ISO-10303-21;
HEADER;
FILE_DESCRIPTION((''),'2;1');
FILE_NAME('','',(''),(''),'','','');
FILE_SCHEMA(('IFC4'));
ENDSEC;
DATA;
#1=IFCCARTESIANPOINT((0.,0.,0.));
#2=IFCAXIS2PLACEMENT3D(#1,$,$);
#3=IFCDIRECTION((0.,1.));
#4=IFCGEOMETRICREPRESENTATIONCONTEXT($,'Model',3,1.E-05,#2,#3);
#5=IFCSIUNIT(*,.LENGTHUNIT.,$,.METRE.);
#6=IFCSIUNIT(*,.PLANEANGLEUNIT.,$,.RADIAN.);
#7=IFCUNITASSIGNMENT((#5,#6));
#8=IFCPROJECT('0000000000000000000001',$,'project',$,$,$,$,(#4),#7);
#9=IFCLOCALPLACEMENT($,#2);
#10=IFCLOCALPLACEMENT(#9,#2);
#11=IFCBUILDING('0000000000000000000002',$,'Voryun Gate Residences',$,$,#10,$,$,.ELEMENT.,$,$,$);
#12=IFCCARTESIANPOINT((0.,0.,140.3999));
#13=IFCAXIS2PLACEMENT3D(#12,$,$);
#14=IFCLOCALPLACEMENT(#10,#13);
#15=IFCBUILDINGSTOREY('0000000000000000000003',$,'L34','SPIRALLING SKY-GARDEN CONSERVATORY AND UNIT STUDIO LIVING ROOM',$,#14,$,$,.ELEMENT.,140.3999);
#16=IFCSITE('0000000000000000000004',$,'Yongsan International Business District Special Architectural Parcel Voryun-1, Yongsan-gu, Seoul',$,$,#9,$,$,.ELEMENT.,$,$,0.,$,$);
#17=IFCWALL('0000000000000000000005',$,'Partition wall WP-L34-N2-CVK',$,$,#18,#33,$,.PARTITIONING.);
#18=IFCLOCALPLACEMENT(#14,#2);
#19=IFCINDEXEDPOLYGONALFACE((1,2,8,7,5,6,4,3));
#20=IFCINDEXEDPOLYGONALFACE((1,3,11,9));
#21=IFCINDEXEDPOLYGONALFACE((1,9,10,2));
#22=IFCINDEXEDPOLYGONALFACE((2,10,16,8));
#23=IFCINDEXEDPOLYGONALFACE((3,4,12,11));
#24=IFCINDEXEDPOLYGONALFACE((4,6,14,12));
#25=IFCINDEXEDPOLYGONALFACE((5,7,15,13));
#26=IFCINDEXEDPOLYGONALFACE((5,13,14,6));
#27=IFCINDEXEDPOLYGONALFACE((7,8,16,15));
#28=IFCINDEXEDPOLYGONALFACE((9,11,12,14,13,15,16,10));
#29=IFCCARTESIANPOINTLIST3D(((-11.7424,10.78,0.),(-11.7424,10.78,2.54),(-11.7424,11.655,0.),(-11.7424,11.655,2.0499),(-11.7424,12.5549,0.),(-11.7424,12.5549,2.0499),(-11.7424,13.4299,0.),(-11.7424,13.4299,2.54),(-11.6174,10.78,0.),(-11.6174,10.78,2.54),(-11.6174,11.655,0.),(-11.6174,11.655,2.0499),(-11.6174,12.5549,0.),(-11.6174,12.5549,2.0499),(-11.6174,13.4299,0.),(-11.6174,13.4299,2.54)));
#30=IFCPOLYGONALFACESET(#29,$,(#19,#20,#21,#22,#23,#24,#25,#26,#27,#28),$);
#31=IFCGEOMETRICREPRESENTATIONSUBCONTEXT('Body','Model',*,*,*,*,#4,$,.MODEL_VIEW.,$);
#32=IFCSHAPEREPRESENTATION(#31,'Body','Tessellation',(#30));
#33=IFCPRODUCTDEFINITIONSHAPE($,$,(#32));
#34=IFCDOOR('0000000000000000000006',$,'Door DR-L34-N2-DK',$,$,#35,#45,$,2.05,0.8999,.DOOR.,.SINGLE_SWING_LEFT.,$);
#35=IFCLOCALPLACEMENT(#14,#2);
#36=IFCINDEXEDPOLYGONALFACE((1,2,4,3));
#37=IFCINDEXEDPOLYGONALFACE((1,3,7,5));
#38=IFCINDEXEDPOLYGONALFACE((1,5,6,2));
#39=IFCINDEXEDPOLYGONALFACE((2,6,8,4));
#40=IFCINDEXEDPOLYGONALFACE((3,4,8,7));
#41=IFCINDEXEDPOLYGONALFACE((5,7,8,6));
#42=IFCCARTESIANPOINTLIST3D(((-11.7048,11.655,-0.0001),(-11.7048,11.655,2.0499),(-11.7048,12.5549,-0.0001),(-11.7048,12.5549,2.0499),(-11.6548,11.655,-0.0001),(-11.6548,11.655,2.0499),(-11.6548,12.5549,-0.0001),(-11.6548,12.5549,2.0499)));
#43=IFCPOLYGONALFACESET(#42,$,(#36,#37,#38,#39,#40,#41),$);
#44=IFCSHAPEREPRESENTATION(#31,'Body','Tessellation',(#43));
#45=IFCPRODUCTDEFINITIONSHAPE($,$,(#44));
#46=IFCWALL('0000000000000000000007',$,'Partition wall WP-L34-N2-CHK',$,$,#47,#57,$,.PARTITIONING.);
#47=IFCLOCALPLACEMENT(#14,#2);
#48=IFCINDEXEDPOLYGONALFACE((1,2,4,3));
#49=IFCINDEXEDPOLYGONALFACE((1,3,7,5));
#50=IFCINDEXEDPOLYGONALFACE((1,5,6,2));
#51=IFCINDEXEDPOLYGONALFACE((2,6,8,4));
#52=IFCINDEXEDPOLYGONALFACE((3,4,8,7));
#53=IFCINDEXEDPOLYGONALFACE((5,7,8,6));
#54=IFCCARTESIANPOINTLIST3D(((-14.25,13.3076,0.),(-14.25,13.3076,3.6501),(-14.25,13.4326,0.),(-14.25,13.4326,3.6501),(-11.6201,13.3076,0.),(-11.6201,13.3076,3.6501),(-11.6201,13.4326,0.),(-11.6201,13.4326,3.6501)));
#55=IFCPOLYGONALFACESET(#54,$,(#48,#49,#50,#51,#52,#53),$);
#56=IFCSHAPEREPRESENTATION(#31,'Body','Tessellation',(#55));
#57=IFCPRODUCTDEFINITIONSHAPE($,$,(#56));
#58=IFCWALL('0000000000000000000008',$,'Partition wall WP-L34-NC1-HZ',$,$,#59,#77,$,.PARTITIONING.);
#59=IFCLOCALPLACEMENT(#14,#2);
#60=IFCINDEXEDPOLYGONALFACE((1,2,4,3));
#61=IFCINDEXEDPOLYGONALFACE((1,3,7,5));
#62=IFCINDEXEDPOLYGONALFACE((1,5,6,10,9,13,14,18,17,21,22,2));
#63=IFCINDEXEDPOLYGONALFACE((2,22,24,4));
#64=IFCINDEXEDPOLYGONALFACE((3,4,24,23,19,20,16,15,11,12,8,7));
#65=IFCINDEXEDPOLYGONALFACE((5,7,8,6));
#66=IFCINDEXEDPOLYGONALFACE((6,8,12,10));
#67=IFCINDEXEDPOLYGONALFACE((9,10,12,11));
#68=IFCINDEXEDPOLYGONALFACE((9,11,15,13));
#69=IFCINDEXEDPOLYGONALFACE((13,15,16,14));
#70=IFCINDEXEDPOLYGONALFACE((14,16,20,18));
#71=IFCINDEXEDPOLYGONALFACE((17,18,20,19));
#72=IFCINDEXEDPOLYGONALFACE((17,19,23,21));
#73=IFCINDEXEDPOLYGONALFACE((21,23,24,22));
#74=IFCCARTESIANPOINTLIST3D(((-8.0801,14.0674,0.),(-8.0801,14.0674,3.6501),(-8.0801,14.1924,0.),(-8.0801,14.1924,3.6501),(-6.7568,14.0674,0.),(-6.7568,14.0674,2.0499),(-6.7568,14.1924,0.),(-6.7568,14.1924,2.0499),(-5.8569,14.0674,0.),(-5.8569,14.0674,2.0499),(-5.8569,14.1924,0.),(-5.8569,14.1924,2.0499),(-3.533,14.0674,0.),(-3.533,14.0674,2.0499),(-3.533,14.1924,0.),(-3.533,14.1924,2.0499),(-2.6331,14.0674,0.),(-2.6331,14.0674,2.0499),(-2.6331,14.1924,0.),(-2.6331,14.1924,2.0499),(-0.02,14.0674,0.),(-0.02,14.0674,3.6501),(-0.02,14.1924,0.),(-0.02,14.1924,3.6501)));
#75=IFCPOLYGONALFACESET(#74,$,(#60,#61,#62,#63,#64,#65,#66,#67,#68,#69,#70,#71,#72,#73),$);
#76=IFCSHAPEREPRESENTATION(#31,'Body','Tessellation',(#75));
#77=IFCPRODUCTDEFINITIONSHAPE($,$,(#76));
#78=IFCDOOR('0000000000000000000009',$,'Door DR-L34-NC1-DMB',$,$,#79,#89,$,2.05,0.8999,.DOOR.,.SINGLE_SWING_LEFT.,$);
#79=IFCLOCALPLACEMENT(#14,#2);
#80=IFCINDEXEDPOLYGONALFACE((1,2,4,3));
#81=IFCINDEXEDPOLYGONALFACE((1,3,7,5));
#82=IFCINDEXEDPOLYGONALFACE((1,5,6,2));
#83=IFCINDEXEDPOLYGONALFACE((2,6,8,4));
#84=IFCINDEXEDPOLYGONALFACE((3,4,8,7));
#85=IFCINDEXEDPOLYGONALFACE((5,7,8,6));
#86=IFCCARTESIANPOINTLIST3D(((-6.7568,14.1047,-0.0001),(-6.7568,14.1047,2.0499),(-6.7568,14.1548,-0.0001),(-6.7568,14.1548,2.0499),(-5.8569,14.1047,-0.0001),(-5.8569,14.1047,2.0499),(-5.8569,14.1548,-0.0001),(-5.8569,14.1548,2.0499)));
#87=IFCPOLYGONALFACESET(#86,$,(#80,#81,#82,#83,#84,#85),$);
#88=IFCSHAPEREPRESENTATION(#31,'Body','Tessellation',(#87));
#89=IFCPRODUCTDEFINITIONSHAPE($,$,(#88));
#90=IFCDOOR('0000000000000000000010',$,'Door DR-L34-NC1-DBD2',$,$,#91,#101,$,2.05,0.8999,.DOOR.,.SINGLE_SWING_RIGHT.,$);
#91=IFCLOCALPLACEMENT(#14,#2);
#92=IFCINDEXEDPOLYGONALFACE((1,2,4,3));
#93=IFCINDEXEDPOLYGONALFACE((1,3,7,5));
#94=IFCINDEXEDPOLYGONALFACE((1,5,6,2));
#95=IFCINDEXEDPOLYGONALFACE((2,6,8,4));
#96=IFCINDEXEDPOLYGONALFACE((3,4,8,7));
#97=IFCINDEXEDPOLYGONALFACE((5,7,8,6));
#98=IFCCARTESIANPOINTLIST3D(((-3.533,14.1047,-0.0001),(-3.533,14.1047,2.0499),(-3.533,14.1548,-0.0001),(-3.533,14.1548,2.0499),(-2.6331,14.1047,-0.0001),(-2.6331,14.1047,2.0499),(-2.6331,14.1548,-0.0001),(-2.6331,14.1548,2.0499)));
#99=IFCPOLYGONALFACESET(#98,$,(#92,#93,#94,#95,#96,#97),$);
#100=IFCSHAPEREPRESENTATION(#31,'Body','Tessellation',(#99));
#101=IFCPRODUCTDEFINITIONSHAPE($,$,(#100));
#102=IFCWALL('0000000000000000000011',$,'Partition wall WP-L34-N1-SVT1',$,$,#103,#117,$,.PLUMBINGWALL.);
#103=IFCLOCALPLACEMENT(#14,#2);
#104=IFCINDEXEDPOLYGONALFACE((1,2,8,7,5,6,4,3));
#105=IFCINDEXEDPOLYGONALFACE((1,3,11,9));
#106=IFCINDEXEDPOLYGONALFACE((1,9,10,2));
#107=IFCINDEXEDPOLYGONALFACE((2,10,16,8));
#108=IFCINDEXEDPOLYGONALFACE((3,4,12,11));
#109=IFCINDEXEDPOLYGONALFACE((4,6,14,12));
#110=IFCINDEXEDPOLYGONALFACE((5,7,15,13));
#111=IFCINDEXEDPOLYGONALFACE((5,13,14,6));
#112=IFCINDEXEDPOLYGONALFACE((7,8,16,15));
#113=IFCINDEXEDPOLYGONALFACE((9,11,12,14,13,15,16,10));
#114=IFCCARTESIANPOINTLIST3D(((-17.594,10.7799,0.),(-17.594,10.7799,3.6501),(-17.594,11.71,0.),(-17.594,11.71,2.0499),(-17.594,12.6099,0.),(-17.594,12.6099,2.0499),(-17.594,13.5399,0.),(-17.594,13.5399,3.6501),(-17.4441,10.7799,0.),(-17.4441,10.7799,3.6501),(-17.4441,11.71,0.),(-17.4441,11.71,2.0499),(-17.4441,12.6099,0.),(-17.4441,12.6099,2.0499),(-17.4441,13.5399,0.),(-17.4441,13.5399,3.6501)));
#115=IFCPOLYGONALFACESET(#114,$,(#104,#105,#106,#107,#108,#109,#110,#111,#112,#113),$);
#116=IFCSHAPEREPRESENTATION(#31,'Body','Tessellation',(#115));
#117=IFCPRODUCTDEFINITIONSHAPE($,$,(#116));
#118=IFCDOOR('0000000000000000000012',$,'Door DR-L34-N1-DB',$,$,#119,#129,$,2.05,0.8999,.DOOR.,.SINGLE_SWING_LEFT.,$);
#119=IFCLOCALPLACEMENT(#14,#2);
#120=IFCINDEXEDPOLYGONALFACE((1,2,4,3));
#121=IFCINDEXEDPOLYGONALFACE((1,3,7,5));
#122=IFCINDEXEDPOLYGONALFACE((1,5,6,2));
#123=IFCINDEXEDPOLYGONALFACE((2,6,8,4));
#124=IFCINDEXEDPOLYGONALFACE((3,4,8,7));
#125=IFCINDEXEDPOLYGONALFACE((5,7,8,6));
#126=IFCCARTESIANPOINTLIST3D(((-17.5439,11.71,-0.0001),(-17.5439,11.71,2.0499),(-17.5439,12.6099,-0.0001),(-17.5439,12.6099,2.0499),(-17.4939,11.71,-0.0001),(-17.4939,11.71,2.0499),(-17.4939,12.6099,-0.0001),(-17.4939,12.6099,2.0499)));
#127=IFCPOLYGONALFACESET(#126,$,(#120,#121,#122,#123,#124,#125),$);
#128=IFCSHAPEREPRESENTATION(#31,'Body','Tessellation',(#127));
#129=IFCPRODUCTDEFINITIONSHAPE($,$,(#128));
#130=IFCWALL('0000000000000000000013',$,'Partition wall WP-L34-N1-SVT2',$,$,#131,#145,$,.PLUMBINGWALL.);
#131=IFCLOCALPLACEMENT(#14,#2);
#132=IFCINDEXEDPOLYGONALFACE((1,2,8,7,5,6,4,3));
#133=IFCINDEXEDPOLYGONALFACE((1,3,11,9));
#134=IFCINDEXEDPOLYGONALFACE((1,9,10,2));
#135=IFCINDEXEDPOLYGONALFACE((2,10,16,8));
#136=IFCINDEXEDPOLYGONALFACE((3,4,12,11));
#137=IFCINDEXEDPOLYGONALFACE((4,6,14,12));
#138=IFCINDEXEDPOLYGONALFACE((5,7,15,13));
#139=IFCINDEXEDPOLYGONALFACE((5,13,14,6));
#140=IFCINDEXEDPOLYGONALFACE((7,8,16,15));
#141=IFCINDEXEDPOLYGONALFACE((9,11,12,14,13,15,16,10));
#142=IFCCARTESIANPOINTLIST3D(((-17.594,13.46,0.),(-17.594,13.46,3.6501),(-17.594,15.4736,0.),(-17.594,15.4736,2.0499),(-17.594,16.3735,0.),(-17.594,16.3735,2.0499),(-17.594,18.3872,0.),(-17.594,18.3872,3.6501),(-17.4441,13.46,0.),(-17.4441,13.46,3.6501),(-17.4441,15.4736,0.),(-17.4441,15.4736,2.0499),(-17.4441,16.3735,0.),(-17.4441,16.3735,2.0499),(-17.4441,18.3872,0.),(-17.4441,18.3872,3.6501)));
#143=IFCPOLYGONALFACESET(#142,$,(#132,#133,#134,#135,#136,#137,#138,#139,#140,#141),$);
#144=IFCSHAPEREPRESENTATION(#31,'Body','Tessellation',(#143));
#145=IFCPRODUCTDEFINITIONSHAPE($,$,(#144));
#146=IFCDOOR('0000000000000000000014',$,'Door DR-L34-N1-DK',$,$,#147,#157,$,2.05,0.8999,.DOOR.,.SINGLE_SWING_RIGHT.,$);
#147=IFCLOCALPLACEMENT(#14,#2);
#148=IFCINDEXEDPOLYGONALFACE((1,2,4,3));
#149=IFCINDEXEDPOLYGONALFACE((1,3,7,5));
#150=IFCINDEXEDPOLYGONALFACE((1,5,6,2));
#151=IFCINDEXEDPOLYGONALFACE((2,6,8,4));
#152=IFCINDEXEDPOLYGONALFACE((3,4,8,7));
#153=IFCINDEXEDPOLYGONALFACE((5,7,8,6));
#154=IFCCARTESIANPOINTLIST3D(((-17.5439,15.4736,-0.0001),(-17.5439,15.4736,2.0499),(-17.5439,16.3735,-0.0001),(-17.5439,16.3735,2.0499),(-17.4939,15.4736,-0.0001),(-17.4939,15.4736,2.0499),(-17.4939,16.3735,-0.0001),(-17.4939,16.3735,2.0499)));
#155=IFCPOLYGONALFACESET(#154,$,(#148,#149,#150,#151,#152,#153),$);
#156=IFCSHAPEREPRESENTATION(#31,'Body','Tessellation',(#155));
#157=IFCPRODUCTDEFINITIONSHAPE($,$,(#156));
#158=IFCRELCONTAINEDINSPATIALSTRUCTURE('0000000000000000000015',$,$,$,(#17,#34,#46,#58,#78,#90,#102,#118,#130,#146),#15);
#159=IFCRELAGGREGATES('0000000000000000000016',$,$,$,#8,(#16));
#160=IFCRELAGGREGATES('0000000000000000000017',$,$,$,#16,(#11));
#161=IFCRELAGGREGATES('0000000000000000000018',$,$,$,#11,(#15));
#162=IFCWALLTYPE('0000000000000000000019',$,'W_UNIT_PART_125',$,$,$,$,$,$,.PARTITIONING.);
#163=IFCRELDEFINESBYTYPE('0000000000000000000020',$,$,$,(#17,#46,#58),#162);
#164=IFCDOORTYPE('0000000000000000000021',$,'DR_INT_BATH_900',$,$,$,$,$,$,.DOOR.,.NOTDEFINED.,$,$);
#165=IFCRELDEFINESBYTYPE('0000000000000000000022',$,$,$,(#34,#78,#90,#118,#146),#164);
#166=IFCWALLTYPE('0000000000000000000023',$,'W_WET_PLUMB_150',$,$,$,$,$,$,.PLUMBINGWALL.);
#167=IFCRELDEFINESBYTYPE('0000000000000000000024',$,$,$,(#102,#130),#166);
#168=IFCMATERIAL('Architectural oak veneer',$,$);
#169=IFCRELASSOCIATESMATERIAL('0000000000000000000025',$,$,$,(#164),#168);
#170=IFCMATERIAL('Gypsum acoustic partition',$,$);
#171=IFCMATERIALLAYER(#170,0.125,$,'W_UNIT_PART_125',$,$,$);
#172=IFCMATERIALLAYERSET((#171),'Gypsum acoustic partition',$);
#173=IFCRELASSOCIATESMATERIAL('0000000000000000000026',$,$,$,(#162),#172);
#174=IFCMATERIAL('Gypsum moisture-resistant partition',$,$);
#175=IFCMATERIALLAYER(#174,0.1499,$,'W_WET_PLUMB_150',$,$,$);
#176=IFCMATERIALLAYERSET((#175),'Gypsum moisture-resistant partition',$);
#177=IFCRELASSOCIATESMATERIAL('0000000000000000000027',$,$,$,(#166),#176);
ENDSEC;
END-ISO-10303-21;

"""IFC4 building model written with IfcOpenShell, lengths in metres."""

from ifc_helpers import new_model, si_unit, direction, frame, frame_2d, origin, place, context, subcontext, project, spatial, rectangle, extrude, material, layer, layer_set, type_object, element, fill, save


model = new_model("IFC4")

# Units and contexts
model_context = context("Model", 3, precision=1e-05, world=origin(), true_north=direction((0.0, 1.0)))
body_context = subcontext(model_context, "Body", "Model", "MODEL_VIEW")
ifc_project = project(units=[si_unit("LENGTHUNIT", "METRE"), si_unit("PLANEANGLEUNIT", "RADIAN")], contexts=[model_context])

# Site, building, storey
site_placement = place(None, origin())
site = spatial("IfcSite", under=ifc_project, at=site_placement, Name="Yongsan International Business District Special Architectural Parcel Voryun-1, Yongsan-gu, Seoul", CompositionType="ELEMENT", RefElevation=0.0)
building_placement = place(site_placement, origin())
building = spatial("IfcBuilding", under=site, at=building_placement, Name="Voryun Gate Residences", CompositionType="ELEMENT")
storey_placement = place(building_placement, frame((0.0, 0.0, 140.3999)))
storey = spatial("IfcBuildingStorey", under=building, at=storey_placement, Name="L34", Description="SPIRALLING SKY-GARDEN CONSERVATORY AND UNIT STUDIO LIVING ROOM", CompositionType="ELEMENT", Elevation=140.3999)

# Shared definitions
ifc_material_1 = material(Name="Architectural oak veneer")
door_type = type_object("IfcDoorType", Name="DR_INT_BATH_900", OperationType="NOTDEFINED", PredefinedType="DOOR", material=ifc_material_1)

# Wall, opening, door
ifc_material_2 = material(Name="Gypsum acoustic partition")
ifc_layer_1 = layer(ifc_material_2, 0.125, Name="W_UNIT_PART_125")
ifc_layer_set_1 = layer_set([ifc_layer_1], Name="Gypsum acoustic partition")
wall_type_1 = type_object("IfcWallType", Name="W_UNIT_PART_125", PredefinedType="PARTITIONING", material=ifc_layer_set_1)
wall_1_placement = place(storey_placement, frame((-11.6799, 10.78, 0.0), z_axis=(0.0, 0.0, 1.0), x_axis=(0.0, 1.0, 0.0)))
wall_1 = element("IfcWall", 1, at=wall_1_placement, inside=storey, type_object=wall_type_1, Name="Partition wall WP-L34-N2-CVK", PredefinedType="PARTITIONING", context=body_context, shape_type="SweptSolid", body=[
    extrude(rectangle(XDim=2.6499, YDim=0.125, at=frame_2d((1.325, 0.0))), origin(), (0.0, 0.0, 1.0), 2.54),
])
opening_1_placement = place(wall_1_placement, frame((0.875, 0.0, 0.0)))
opening_1 = element("IfcOpeningElement", 2, at=opening_1_placement, cuts=wall_1, PredefinedType="OPENING", context=body_context, shape_type="SweptSolid", body=[
    extrude(rectangle(XDim=0.8999, YDim=2.05, at=frame_2d((0.45, 1.0249))), frame((0.0, 0.0725, 0.0), z_axis=(0.0, -1.0, 0.0), x_axis=(1.0, 0.0, 0.0)), (0.0, 0.0, 1.0), 0.145),
])
door_1_placement = place(opening_1_placement, origin())
door_1 = element("IfcDoor", 3, at=door_1_placement, inside=storey, type_object=door_type, Name="Door DR-L34-N2-DK", OperationType="SINGLE_SWING_LEFT", OverallHeight=2.05, OverallWidth=0.8999, PredefinedType="DOOR", context=body_context, shape_type="SweptSolid", body=[
    extrude(rectangle(XDim=0.8999, YDim=2.05, at=frame_2d((0.45, 1.0249))), frame((0.0, 0.0249, 0.0), z_axis=(0.0, -1.0, 0.0), x_axis=(1.0, 0.0, 0.0)), (0.0, 0.0, 1.0), 0.05),
])
fill(opening_1, door_1)

# Wall
wall_2_placement = place(storey_placement, frame((-14.25, 13.3701, 0.0), z_axis=(0.0, 0.0, 1.0), x_axis=(1.0, 0.0, 0.0)))
element("IfcWall", 4, at=wall_2_placement, inside=storey, type_object=wall_type_1, Name="Partition wall WP-L34-N2-CHK", PredefinedType="PARTITIONING", context=body_context, shape_type="SweptSolid", body=[
    extrude(rectangle(XDim=2.6299, YDim=0.125, at=frame_2d((1.3149, 0.0))), origin(), (0.0, 0.0, 1.0), 3.6501),
])

# Wall, openings, doors
wall_3_placement = place(storey_placement, frame((-8.0801, 14.1299, 0.0), z_axis=(0.0, 0.0, 1.0), x_axis=(1.0, 0.0, 0.0)))
wall_3 = element("IfcWall", 5, at=wall_3_placement, inside=storey, type_object=wall_type_1, Name="Partition wall WP-L34-NC1-HZ", PredefinedType="PARTITIONING", context=body_context, shape_type="SweptSolid", body=[
    extrude(rectangle(XDim=8.0601, YDim=0.125, at=frame_2d((4.03, 0.0))), origin(), (0.0, 0.0, 1.0), 3.6501),
])
opening_2_placement = place(wall_3_placement, frame((1.3232, 0.0, 0.0)))
opening_2 = element("IfcOpeningElement", 6, at=opening_2_placement, cuts=wall_3, PredefinedType="OPENING", context=body_context, shape_type="SweptSolid", body=[
    extrude(rectangle(XDim=0.8999, YDim=2.05, at=frame_2d((0.45, 1.0249))), frame((0.0, 0.0725, 0.0), z_axis=(0.0, -1.0, 0.0), x_axis=(1.0, 0.0, 0.0)), (0.0, 0.0, 1.0), 0.145),
])
opening_3_placement = place(wall_3_placement, frame((4.5471, 0.0, 0.0)))
opening_3 = element("IfcOpeningElement", 7, at=opening_3_placement, cuts=wall_3, PredefinedType="OPENING", context=body_context, shape_type="SweptSolid", body=[
    extrude(rectangle(XDim=0.8999, YDim=2.05, at=frame_2d((0.45, 1.0249))), frame((0.0, 0.0725, 0.0), z_axis=(0.0, -1.0, 0.0), x_axis=(1.0, 0.0, 0.0)), (0.0, 0.0, 1.0), 0.145),
])
door_2_placement = place(opening_2_placement, origin())
door_2 = element("IfcDoor", 8, at=door_2_placement, inside=storey, type_object=door_type, Name="Door DR-L34-NC1-DMB", OperationType="SINGLE_SWING_LEFT", OverallHeight=2.05, OverallWidth=0.8999, PredefinedType="DOOR", context=body_context, shape_type="SweptSolid", body=[
    extrude(rectangle(XDim=0.8999, YDim=2.05, at=frame_2d((0.45, 1.0249))), frame((0.0, 0.0249, 0.0), z_axis=(0.0, -1.0, 0.0), x_axis=(1.0, 0.0, 0.0)), (0.0, 0.0, 1.0), 0.05),
])
fill(opening_2, door_2)
door_3_placement = place(opening_3_placement, origin())
door_3 = element("IfcDoor", 9, at=door_3_placement, inside=storey, type_object=door_type, Name="Door DR-L34-NC1-DBD2", OperationType="SINGLE_SWING_RIGHT", OverallHeight=2.05, OverallWidth=0.8999, PredefinedType="DOOR", context=body_context, shape_type="SweptSolid", body=[
    extrude(rectangle(XDim=0.8999, YDim=2.05, at=frame_2d((0.45, 1.0249))), frame((0.0, 0.0249, 0.0), z_axis=(0.0, -1.0, 0.0), x_axis=(1.0, 0.0, 0.0)), (0.0, 0.0, 1.0), 0.05),
])
fill(opening_3, door_3)

# Walls, openings, doors
ifc_material_3 = material(Name="Gypsum moisture-resistant partition")
ifc_layer_2 = layer(ifc_material_3, 0.1499, Name="W_WET_PLUMB_150")
ifc_layer_set_2 = layer_set([ifc_layer_2], Name="Gypsum moisture-resistant partition")
wall_type_2 = type_object("IfcWallType", Name="W_WET_PLUMB_150", PredefinedType="PLUMBINGWALL", material=ifc_layer_set_2)
wall_4_placement = place(storey_placement, frame((-17.519, 10.78, 0.0), z_axis=(0.0, 0.0, 1.0), x_axis=(0.0, 1.0, 0.0)))
wall_4 = element("IfcWall", 10, at=wall_4_placement, inside=storey, type_object=wall_type_2, Name="Partition wall WP-L34-N1-SVT1", PredefinedType="PLUMBINGWALL", context=body_context, shape_type="SweptSolid", body=[
    extrude(rectangle(XDim=2.76, YDim=0.1499, at=frame_2d((1.3799, 0.0))), origin(), (0.0, 0.0, 1.0), 3.6501),
])
opening_4_placement = place(wall_4_placement, frame((0.9299, 0.0, 0.0)))
opening_4 = element("IfcOpeningElement", 11, at=opening_4_placement, cuts=wall_4, PredefinedType="OPENING", context=body_context, shape_type="SweptSolid", body=[
    extrude(rectangle(XDim=0.8999, YDim=2.05, at=frame_2d((0.45, 1.0249))), frame((0.0, 0.085, 0.0), z_axis=(0.0, -1.0, 0.0), x_axis=(1.0, 0.0, 0.0)), (0.0, 0.0, 1.0), 0.1699),
])
door_4_placement = place(opening_4_placement, origin())
door_4 = element("IfcDoor", 12, at=door_4_placement, inside=storey, type_object=door_type, Name="Door DR-L34-N1-DB", OperationType="SINGLE_SWING_LEFT", OverallHeight=2.05, OverallWidth=0.8999, PredefinedType="DOOR", context=body_context, shape_type="SweptSolid", body=[
    extrude(rectangle(XDim=0.8999, YDim=2.05, at=frame_2d((0.45, 1.0249))), frame((0.0, 0.0249, 0.0), z_axis=(0.0, -1.0, 0.0), x_axis=(1.0, 0.0, 0.0)), (0.0, 0.0, 1.0), 0.05),
])
fill(opening_4, door_4)
wall_5_placement = place(storey_placement, frame((-17.519, 13.46, 0.0), z_axis=(0.0, 0.0, 1.0), x_axis=(0.0, 1.0, 0.0)))
wall_5 = element("IfcWall", 13, at=wall_5_placement, inside=storey, type_object=wall_type_2, Name="Partition wall WP-L34-N1-SVT2", PredefinedType="PLUMBINGWALL", context=body_context, shape_type="SweptSolid", body=[
    extrude(rectangle(XDim=4.9272, YDim=0.1499, at=frame_2d((2.4636, 0.0))), origin(), (0.0, 0.0, 1.0), 3.6501),
])
opening_5_placement = place(wall_5_placement, frame((2.0137, 0.0, 0.0)))
opening_5 = element("IfcOpeningElement", 14, at=opening_5_placement, cuts=wall_5, PredefinedType="OPENING", context=body_context, shape_type="SweptSolid", body=[
    extrude(rectangle(XDim=0.8999, YDim=2.05, at=frame_2d((0.45, 1.0249))), frame((0.0, 0.085, 0.0), z_axis=(0.0, -1.0, 0.0), x_axis=(1.0, 0.0, 0.0)), (0.0, 0.0, 1.0), 0.1699),
])
door_5_placement = place(opening_5_placement, origin())
door_5 = element("IfcDoor", 15, at=door_5_placement, inside=storey, type_object=door_type, Name="Door DR-L34-N1-DK", OperationType="SINGLE_SWING_RIGHT", OverallHeight=2.05, OverallWidth=0.8999, PredefinedType="DOOR", context=body_context, shape_type="SweptSolid", body=[
    extrude(rectangle(XDim=0.8999, YDim=2.05, at=frame_2d((0.45, 1.0249))), frame((0.0, 0.0249, 0.0), z_axis=(0.0, -1.0, 0.0), x_axis=(1.0, 0.0, 0.0)), (0.0, 0.0, 1.0), 0.05),
])
fill(opening_5, door_5)

save(model, "model.ifc")
